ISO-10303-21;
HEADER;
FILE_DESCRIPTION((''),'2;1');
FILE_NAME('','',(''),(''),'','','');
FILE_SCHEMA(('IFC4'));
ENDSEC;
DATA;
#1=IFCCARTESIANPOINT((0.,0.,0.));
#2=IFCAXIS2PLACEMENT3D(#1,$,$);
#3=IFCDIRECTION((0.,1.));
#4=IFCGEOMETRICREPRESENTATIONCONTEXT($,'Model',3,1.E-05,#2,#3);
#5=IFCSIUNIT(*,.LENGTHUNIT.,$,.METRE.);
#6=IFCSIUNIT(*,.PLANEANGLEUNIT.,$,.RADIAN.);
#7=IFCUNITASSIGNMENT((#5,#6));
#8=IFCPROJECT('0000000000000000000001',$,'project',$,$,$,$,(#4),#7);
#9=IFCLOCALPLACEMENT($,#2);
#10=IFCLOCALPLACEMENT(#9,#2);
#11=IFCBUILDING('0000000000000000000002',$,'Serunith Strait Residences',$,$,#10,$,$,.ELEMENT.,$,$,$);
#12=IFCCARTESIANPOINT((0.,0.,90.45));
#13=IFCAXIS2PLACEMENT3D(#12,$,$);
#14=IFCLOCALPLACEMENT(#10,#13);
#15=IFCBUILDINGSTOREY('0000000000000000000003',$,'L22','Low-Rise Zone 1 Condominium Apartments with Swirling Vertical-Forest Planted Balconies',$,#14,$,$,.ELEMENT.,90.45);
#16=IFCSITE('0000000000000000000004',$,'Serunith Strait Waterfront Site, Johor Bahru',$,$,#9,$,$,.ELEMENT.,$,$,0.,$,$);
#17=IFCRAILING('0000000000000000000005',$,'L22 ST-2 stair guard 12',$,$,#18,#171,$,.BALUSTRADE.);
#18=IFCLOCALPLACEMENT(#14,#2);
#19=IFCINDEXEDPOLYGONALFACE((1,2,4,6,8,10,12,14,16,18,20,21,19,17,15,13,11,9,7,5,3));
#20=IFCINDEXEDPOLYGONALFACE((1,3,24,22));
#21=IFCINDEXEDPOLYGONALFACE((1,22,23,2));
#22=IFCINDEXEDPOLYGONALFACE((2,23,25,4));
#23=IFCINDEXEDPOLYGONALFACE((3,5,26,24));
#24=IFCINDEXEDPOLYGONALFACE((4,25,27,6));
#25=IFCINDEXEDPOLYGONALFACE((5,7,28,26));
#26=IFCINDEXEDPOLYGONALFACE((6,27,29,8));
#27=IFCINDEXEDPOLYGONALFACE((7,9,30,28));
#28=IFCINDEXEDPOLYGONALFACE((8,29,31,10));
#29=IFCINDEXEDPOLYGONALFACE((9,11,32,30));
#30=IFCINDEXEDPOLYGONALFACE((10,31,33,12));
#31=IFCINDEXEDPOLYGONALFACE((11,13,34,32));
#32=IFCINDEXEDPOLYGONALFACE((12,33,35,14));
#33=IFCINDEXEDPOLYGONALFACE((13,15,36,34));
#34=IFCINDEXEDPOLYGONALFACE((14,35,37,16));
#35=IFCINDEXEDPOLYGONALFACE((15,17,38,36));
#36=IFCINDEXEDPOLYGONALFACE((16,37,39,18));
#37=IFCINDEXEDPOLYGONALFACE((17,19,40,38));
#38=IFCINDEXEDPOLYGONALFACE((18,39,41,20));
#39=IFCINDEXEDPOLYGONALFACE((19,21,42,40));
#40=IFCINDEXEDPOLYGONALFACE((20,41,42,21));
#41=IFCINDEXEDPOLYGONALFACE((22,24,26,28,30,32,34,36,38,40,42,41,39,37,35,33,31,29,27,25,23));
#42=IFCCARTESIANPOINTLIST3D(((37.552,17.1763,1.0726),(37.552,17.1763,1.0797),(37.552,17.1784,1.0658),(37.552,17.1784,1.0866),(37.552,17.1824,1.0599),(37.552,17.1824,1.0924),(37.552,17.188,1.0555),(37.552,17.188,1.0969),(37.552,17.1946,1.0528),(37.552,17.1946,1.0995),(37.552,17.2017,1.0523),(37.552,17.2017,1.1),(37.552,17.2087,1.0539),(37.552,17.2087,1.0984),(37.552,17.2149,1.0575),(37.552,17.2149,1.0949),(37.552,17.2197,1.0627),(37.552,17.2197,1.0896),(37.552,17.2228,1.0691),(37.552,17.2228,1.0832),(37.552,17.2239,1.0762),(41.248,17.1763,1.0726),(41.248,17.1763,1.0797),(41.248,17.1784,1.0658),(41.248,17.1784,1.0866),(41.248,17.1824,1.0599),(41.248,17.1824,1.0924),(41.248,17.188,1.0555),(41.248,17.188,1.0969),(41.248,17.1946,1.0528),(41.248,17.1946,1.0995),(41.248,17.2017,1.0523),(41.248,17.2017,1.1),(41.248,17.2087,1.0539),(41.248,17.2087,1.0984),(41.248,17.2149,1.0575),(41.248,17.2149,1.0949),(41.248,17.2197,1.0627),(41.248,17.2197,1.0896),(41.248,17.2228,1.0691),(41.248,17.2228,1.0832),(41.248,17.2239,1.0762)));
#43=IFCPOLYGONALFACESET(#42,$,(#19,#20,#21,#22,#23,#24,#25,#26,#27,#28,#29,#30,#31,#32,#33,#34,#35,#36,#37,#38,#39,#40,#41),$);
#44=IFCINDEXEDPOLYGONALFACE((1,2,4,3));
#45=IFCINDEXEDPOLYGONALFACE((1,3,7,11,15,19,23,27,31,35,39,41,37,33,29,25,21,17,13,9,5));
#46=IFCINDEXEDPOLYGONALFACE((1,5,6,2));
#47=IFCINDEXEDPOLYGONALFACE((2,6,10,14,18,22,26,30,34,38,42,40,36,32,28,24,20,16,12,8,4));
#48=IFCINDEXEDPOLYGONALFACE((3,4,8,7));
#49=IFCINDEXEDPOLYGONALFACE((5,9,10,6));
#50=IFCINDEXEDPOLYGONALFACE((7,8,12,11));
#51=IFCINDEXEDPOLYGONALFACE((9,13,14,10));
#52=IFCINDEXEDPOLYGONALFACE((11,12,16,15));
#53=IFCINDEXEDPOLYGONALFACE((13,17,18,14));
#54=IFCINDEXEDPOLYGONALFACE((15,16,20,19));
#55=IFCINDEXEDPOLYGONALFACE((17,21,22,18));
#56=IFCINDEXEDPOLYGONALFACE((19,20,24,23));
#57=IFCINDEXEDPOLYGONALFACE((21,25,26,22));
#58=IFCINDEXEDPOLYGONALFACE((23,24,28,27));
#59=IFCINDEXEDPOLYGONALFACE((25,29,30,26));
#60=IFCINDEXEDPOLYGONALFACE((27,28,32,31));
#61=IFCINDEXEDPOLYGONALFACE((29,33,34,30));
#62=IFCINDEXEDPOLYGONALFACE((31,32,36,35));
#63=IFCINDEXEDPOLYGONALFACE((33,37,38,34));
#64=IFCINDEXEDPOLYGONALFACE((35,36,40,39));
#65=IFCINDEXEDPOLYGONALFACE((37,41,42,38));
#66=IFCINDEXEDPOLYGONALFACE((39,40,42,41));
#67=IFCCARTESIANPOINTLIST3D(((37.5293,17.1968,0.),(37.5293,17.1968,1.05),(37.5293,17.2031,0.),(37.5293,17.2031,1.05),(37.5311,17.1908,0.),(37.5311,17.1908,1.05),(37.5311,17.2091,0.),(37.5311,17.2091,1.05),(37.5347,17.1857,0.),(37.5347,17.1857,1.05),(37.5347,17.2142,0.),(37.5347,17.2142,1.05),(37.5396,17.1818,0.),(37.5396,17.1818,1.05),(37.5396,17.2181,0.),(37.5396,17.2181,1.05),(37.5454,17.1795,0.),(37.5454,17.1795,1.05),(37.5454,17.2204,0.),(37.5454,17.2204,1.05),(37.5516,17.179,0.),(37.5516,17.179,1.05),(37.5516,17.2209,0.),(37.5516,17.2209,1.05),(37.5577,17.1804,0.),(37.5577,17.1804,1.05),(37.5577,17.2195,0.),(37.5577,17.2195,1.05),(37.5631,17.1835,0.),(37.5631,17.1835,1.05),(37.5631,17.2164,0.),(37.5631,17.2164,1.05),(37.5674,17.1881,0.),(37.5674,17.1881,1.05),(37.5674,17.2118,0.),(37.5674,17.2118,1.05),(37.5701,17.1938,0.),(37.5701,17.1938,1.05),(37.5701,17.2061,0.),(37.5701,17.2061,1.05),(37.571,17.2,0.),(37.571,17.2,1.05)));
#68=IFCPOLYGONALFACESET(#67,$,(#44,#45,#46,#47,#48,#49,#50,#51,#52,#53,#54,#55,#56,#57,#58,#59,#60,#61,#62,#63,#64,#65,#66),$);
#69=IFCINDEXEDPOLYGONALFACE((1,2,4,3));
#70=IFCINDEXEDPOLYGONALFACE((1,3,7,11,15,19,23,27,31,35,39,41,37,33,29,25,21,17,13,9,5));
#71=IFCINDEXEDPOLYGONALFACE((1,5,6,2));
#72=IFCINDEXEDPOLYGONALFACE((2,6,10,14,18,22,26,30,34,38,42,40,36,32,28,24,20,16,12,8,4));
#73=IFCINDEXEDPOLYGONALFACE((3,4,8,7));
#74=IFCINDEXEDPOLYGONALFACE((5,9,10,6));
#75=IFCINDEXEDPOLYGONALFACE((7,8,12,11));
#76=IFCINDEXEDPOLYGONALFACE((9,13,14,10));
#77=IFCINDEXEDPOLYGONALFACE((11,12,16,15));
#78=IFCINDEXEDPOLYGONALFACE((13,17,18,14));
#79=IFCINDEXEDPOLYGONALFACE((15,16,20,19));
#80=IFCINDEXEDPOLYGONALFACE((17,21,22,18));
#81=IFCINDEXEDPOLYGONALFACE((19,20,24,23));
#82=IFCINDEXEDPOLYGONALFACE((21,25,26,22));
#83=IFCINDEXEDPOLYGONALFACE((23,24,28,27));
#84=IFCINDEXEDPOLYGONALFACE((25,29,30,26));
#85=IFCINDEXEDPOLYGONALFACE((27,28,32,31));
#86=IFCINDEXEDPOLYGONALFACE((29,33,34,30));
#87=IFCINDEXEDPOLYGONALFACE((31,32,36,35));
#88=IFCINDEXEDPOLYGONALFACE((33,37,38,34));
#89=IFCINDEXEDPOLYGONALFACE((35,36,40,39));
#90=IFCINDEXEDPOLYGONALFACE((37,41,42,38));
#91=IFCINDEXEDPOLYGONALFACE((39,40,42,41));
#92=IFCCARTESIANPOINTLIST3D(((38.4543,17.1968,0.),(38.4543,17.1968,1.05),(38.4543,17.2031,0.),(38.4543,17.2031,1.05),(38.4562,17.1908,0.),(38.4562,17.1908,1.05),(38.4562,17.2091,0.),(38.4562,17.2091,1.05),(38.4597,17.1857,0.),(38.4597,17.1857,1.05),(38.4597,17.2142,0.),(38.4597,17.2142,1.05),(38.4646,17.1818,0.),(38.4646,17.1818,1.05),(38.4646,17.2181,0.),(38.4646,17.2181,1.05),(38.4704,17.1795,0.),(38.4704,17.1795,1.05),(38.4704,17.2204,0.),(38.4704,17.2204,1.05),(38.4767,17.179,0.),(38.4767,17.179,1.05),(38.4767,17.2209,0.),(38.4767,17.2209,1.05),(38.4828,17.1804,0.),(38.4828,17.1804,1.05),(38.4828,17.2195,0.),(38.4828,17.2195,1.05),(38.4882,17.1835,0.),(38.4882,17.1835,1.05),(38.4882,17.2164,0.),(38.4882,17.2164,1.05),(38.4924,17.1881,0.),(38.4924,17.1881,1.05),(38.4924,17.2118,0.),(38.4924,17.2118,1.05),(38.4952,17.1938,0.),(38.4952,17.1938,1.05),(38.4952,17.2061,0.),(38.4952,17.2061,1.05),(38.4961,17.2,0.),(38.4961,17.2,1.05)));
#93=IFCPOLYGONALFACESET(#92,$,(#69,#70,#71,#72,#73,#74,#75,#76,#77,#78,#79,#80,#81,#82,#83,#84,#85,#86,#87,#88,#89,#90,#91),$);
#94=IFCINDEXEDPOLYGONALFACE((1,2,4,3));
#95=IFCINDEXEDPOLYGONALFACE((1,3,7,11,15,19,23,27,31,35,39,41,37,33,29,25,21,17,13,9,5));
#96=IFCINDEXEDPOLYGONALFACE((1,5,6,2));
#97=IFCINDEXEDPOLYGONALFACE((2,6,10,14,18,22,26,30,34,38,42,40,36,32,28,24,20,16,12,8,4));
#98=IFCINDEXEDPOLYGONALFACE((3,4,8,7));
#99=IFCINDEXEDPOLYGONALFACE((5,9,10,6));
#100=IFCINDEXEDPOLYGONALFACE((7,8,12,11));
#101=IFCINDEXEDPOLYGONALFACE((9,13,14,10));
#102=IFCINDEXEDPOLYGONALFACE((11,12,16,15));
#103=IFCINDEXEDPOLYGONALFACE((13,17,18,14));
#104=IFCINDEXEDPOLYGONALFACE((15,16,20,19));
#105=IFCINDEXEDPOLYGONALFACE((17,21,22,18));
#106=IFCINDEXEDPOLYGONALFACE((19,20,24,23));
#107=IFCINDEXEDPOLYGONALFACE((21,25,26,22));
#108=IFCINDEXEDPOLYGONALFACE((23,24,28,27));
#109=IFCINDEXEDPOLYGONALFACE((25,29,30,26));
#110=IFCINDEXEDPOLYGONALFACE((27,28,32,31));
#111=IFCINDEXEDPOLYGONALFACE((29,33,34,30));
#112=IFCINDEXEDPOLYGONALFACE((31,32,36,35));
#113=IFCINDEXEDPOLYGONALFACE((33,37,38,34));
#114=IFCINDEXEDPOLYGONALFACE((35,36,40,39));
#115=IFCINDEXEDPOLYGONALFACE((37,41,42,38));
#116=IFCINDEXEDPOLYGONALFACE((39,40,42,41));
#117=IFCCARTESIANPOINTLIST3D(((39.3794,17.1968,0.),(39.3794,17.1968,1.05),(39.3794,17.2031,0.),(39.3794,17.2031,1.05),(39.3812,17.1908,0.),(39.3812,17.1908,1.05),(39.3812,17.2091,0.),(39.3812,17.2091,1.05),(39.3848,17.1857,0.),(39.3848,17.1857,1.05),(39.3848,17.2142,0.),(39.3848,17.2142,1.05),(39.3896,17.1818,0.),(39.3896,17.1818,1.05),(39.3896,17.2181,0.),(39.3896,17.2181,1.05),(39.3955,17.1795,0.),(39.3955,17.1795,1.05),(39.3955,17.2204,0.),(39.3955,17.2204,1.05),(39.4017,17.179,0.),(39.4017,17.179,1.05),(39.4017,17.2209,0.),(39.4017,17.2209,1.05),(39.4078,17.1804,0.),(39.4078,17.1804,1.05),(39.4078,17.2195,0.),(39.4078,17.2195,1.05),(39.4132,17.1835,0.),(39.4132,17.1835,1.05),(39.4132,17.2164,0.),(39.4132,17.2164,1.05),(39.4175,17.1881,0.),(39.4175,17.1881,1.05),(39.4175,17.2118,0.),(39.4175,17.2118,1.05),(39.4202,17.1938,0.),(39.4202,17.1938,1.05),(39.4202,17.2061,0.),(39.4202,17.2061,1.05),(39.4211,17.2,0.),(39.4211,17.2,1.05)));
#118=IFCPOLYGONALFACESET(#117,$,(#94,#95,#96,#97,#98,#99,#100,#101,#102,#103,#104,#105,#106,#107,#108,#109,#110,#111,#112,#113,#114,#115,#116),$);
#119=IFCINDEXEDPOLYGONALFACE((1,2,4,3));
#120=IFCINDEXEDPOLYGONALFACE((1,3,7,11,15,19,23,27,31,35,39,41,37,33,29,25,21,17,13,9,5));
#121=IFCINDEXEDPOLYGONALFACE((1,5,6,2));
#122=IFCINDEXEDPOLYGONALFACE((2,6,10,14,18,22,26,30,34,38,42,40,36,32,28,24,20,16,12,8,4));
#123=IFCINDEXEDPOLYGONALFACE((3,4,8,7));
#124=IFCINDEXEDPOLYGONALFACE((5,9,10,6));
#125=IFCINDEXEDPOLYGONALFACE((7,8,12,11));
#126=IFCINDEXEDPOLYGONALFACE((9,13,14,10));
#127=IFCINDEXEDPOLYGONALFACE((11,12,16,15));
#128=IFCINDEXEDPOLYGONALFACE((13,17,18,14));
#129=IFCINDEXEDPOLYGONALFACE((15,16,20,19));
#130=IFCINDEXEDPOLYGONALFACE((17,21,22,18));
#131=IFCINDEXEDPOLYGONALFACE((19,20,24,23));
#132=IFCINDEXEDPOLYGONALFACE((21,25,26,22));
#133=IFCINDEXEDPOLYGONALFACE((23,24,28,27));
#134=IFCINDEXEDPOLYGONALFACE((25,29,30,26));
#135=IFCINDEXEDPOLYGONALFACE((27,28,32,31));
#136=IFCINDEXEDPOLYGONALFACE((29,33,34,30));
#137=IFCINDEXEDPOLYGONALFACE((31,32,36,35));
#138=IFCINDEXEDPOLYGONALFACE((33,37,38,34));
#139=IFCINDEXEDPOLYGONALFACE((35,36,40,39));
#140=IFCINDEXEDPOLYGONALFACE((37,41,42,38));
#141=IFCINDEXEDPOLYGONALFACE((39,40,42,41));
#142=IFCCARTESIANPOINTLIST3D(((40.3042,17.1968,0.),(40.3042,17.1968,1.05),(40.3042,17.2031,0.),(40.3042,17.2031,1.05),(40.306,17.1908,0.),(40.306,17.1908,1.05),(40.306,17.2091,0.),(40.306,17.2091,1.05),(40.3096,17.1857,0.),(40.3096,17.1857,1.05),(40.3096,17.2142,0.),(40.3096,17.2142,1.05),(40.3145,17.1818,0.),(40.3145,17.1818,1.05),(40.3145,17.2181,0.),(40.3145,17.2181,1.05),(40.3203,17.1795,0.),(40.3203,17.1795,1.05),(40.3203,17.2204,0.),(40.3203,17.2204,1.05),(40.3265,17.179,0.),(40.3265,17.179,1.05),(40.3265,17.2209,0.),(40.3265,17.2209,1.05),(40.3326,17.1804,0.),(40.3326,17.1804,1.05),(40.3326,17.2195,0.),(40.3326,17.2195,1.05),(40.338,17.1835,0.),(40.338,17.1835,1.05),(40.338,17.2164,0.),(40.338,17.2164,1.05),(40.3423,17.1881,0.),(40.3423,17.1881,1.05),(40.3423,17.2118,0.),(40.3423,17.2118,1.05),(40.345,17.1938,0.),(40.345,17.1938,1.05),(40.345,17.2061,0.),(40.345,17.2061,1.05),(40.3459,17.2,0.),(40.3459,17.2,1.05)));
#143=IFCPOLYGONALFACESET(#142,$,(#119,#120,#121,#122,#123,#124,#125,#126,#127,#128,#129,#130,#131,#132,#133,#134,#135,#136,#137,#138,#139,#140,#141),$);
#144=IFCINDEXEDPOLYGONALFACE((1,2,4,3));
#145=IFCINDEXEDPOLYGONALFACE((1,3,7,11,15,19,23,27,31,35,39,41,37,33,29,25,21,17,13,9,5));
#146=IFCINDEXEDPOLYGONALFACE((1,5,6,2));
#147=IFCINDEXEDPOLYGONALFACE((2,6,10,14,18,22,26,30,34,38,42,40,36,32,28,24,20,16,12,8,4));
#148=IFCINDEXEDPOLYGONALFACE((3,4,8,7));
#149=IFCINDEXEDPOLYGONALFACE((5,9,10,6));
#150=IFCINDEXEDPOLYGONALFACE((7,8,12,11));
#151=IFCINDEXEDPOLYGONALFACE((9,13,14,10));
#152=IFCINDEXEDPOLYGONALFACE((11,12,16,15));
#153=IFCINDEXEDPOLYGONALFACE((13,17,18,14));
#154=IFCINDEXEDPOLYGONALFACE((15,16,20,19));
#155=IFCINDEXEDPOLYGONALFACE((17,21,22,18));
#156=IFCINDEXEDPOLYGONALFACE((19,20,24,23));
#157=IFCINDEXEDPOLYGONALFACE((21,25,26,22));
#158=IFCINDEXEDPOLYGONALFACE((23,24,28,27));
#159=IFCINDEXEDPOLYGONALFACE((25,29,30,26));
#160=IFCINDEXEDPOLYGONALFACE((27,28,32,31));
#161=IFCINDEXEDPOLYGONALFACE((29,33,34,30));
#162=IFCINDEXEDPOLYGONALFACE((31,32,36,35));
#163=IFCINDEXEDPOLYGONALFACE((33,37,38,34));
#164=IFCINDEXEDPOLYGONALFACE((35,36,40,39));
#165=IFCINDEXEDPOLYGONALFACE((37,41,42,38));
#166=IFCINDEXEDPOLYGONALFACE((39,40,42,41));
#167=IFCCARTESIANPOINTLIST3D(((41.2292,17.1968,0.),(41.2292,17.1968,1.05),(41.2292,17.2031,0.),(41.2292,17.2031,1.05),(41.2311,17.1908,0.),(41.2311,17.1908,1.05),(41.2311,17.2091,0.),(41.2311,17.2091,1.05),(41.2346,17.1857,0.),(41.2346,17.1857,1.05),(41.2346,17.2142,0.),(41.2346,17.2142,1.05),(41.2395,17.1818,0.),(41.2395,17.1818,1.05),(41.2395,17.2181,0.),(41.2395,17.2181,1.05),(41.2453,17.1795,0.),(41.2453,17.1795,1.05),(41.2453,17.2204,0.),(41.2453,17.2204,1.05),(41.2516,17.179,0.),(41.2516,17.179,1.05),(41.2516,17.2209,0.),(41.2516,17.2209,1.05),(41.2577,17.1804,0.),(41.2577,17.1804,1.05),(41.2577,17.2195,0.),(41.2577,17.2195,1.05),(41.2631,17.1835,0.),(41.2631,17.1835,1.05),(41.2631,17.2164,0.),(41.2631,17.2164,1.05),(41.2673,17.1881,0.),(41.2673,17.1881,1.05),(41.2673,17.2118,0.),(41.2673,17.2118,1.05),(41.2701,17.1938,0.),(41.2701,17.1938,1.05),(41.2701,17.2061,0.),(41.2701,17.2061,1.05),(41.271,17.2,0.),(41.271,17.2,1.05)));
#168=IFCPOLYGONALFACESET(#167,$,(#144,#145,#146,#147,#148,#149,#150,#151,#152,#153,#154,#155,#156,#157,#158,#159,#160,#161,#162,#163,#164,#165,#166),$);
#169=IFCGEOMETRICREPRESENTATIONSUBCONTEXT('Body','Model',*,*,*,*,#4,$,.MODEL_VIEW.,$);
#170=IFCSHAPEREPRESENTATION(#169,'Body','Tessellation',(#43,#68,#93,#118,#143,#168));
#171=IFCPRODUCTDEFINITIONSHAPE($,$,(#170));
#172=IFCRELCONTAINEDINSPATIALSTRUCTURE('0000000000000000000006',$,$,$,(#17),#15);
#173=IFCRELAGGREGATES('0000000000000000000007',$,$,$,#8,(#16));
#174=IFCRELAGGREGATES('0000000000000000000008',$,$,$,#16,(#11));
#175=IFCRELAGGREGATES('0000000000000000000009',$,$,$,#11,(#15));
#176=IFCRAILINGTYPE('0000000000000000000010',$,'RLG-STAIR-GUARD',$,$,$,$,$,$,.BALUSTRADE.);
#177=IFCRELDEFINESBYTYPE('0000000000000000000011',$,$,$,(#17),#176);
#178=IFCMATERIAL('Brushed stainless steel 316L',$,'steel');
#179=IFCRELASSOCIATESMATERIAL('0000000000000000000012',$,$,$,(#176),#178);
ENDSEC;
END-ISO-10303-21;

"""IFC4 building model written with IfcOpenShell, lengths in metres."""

from ifc_helpers import new_model, si_unit, direction, frame, origin, origin_2d, place, context, subcontext, project, spatial, circle, extrude, material, type_object, element, save


model = new_model("IFC4")

# Units and contexts
model_context = context("Model", 3, precision=1e-05, world=origin(), true_north=direction((0.0, 1.0)))
body_context = subcontext(model_context, "Body", "Model", "MODEL_VIEW")
ifc_project = project(units=[si_unit("LENGTHUNIT", "METRE"), si_unit("PLANEANGLEUNIT", "RADIAN")], contexts=[model_context])

# Site, building, storey
site_placement = place(None, origin())
site = spatial("IfcSite", under=ifc_project, at=site_placement, Name="Serunith Strait Waterfront Site, Johor Bahru", CompositionType="ELEMENT", RefElevation=0.0)
building_placement = place(site_placement, origin())
building = spatial("IfcBuilding", under=site, at=building_placement, Name="Serunith Strait Residences", CompositionType="ELEMENT")
storey_placement = place(building_placement, frame((0.0, 0.0, 90.45)))
storey = spatial("IfcBuildingStorey", under=building, at=storey_placement, Name="L22", Description="Low-Rise Zone 1 Condominium Apartments with Swirling Vertical-Forest Planted Balconies", CompositionType="ELEMENT", Elevation=90.45)

# Railing
ifc_material_1 = material(Name="Brushed stainless steel 316L", Category="steel")
railing_type_1 = type_object("IfcRailingType", Name="RLG-STAIR-GUARD", PredefinedType="BALUSTRADE", material=ifc_material_1)
railing_1_placement = place(storey_placement, frame((37.55, 17.2, 0.0)))
element("IfcRailing", 1, at=railing_1_placement, inside=storey, type_object=railing_type_1, Name="L22 ST-2 stair guard 12", PredefinedType="BALUSTRADE", context=body_context, shape_type="SweptSolid", body=[
    extrude(circle(Radius=0.0239, at=origin_2d()), frame((0.002, 0.0, 1.0762), z_axis=(1.0, 0.0, 0.0), x_axis=(0.0, 1.0, 0.0)), (0.0, 0.0, 1.0), 3.696),
    extrude(circle(Radius=0.021, at=origin_2d()), origin(), (0.0, 0.0, 1.0), 1.05),
    extrude(circle(Radius=0.021, at=origin_2d()), frame((0.925, 0.0, 0.0)), (0.0, 0.0, 1.0), 1.05),
    extrude(circle(Radius=0.021, at=origin_2d()), frame((1.8501, 0.0, 0.0)), (0.0, 0.0, 1.0), 1.05),
    extrude(circle(Radius=0.021, at=origin_2d()), frame((2.7749, 0.0, 0.0)), (0.0, 0.0, 1.0), 1.05),
    extrude(circle(Radius=0.021, at=origin_2d()), frame((3.7, 0.0, 0.0)), (0.0, 0.0, 1.0), 1.05),
])

save(model, "model.ifc")
